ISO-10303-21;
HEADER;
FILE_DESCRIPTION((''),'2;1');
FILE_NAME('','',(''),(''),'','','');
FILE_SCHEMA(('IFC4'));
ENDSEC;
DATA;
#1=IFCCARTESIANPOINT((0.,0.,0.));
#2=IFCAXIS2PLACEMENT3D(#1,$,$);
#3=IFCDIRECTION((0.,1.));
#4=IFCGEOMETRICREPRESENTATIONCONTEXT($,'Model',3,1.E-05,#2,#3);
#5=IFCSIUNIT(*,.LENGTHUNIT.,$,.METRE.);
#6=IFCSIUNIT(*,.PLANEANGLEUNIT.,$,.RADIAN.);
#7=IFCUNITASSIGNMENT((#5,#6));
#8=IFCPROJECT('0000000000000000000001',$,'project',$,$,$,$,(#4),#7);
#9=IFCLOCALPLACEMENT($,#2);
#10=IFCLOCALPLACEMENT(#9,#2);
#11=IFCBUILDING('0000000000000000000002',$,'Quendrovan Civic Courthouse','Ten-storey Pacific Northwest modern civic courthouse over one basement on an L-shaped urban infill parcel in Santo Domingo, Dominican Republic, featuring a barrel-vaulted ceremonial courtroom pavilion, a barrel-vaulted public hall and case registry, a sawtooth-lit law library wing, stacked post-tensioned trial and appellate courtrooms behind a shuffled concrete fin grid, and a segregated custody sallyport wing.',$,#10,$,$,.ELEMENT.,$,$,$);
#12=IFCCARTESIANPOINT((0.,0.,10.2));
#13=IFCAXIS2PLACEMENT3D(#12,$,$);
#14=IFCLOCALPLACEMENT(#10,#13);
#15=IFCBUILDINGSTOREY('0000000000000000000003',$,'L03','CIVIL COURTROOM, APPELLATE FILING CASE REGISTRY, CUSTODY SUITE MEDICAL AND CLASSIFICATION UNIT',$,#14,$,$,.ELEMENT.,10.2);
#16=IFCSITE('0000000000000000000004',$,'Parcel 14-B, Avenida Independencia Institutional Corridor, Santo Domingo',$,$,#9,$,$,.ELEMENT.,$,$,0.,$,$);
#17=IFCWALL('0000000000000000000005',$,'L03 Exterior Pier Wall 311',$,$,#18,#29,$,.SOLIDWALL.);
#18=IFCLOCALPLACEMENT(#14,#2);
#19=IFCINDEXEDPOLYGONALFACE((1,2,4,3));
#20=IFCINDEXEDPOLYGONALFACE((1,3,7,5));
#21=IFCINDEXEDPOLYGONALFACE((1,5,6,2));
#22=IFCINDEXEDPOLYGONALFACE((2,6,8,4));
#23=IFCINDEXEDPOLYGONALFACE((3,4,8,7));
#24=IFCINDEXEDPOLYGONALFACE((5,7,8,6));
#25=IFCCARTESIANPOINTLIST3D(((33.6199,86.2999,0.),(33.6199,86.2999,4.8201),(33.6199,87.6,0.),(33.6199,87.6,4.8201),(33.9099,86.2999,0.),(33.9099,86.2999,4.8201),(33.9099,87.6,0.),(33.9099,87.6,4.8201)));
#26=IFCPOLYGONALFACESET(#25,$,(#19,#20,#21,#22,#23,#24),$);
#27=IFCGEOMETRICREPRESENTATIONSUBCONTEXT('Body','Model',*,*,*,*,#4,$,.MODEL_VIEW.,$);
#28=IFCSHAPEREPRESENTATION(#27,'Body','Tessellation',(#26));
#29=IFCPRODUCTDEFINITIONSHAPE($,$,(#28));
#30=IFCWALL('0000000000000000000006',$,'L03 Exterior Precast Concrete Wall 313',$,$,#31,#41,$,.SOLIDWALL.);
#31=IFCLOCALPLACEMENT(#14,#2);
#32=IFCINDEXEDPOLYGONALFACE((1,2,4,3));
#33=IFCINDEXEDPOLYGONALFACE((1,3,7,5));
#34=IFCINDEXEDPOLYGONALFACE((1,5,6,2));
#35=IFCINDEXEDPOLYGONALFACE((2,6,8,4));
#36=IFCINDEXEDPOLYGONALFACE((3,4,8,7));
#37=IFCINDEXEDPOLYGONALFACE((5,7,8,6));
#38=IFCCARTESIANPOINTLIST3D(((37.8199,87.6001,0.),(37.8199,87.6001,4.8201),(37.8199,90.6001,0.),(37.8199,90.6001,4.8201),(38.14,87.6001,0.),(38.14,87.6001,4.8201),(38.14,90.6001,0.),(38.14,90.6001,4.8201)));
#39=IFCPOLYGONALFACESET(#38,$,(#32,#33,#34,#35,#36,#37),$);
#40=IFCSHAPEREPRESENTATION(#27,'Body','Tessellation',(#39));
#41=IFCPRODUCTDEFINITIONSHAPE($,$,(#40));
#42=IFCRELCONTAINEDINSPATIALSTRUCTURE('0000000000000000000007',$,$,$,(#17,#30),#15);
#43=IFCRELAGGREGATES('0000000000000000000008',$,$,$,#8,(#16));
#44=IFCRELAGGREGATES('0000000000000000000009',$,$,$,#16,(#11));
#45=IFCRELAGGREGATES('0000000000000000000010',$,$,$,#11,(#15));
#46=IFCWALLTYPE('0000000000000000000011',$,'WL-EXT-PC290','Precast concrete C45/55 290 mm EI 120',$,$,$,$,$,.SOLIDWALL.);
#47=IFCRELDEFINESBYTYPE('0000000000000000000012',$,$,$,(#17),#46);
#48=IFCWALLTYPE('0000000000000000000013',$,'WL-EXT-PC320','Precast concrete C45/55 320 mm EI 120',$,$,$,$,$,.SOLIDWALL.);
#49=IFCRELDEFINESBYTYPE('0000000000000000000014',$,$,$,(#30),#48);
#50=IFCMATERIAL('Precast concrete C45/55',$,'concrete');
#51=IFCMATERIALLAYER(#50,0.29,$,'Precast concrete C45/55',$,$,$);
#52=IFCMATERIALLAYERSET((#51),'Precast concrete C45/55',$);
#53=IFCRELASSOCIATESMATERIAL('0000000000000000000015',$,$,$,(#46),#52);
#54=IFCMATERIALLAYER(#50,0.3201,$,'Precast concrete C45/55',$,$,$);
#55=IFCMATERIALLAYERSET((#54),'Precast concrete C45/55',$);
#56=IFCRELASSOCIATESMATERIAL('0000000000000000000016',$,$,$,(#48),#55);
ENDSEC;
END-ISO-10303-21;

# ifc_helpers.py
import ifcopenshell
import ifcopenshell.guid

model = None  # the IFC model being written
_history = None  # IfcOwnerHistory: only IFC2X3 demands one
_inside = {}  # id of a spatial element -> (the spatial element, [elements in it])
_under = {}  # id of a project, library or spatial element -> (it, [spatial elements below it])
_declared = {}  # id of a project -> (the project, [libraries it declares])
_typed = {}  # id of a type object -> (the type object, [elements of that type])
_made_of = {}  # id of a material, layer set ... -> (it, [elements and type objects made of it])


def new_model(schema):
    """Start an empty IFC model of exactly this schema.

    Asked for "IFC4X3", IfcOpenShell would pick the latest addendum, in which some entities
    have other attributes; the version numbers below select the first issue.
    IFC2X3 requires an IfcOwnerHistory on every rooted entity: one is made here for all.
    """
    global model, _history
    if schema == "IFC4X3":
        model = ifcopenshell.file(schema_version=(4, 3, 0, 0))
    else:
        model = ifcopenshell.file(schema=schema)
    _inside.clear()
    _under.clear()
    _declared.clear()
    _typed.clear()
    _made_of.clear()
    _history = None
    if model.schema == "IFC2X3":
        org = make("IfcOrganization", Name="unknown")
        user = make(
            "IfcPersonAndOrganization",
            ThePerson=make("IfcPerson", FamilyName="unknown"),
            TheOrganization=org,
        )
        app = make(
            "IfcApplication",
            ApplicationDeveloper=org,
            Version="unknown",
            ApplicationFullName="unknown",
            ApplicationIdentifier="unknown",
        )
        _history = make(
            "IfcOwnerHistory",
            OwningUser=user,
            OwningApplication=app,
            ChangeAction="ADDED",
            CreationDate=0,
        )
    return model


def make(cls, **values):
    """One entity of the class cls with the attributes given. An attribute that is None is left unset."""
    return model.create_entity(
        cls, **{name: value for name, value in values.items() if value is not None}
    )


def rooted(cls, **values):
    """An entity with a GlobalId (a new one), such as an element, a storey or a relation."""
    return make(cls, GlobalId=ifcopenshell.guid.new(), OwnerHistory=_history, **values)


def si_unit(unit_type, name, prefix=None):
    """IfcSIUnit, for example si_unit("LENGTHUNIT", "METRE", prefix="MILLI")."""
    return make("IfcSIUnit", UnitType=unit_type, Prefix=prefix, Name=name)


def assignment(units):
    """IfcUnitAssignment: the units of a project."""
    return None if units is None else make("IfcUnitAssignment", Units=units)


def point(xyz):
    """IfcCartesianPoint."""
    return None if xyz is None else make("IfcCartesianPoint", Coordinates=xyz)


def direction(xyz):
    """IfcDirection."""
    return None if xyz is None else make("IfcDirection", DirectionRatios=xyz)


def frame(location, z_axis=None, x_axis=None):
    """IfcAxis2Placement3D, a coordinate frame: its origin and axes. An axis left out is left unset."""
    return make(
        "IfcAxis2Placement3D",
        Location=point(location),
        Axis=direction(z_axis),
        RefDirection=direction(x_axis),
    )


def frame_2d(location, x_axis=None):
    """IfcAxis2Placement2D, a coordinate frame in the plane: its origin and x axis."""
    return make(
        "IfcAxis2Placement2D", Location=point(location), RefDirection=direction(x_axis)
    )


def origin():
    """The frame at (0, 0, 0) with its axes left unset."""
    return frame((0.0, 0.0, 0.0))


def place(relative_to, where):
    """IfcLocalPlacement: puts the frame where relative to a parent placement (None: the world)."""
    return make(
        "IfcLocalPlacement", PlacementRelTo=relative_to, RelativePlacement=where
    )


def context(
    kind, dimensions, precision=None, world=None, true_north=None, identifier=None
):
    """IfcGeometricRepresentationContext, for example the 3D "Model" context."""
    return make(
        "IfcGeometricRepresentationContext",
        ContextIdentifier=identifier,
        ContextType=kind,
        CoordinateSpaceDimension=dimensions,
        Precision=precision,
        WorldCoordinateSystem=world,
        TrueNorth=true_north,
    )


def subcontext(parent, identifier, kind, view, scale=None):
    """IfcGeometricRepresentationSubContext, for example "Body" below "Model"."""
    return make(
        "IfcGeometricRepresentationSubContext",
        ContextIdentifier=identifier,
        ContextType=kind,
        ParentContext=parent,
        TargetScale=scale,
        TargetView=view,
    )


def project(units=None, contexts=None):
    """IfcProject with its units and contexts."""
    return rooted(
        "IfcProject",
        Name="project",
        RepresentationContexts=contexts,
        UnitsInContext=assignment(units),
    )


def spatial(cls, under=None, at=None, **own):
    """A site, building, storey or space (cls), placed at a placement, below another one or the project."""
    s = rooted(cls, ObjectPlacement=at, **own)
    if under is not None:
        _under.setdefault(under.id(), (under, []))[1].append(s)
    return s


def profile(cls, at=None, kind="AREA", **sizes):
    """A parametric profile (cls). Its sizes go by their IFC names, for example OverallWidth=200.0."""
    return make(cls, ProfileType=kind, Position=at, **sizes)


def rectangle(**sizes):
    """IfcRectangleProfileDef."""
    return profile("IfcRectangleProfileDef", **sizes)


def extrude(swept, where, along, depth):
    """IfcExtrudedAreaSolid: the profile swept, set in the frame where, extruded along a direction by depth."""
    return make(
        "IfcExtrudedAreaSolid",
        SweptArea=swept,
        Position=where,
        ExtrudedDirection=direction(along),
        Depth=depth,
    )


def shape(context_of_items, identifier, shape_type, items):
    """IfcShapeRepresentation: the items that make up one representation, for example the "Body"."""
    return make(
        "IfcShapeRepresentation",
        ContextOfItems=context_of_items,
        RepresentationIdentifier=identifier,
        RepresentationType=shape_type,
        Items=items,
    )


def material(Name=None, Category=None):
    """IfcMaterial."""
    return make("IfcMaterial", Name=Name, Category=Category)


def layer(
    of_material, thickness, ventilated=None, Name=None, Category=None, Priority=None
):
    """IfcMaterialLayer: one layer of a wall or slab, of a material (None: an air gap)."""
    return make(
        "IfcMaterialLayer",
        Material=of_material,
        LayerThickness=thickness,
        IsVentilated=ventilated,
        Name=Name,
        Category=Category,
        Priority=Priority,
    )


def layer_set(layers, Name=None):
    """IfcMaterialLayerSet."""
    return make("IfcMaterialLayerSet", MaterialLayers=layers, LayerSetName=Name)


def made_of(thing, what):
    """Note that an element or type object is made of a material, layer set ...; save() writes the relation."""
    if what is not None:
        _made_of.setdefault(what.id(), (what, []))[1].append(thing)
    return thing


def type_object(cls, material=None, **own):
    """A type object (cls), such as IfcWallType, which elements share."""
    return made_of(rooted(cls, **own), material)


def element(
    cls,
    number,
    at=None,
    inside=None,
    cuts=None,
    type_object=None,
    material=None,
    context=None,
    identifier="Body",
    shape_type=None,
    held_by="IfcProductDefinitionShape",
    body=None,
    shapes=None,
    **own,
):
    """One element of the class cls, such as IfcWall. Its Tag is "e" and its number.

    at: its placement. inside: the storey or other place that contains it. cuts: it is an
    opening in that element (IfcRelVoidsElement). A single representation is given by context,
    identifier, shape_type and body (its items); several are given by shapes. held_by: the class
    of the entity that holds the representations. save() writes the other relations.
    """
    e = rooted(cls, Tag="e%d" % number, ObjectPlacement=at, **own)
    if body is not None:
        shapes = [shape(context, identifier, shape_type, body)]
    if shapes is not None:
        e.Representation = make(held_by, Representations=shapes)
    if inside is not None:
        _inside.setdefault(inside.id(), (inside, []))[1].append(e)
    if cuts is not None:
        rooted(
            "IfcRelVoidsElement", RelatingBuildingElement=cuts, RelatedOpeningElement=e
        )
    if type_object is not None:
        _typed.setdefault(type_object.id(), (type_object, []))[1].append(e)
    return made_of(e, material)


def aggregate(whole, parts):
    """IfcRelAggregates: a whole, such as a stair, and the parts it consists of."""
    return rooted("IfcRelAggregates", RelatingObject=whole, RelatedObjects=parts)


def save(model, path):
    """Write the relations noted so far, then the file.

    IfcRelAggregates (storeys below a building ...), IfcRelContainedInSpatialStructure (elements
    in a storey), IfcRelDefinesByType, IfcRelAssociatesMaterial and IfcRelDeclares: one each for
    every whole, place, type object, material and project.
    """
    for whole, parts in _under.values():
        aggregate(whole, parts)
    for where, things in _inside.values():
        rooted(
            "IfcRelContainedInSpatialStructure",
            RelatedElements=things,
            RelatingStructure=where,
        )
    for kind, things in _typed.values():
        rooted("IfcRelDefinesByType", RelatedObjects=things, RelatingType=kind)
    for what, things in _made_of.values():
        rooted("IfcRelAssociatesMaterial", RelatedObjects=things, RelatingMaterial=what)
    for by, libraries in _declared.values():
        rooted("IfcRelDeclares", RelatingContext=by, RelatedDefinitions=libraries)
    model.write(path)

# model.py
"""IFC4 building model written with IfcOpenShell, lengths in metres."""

from ifc_helpers import new_model, si_unit, direction, frame, frame_2d, origin, place, context, subcontext, project, spatial, rectangle, extrude, material, layer, layer_set, type_object, element, save


model = new_model("IFC4")

# Units and contexts
model_context = context("Model", 3, precision=1e-05, world=origin(), true_north=direction((0.0, 1.0)))
body_context = subcontext(model_context, "Body", "Model", "MODEL_VIEW")
ifc_project = project(units=[si_unit("LENGTHUNIT", "METRE"), si_unit("PLANEANGLEUNIT", "RADIAN")], contexts=[model_context])

# Site, building, storey
site_placement = place(None, origin())
site = spatial("IfcSite", under=ifc_project, at=site_placement, Name="Parcel 14-B, Avenida Independencia Institutional Corridor, Santo Domingo", CompositionType="ELEMENT", RefElevation=0.0)
building_placement = place(site_placement, origin())
building = spatial("IfcBuilding", under=site, at=building_placement, Name="Quendrovan Civic Courthouse", Description="Ten-storey Pacific Northwest modern civic courthouse over one basement on an L-shaped urban infill parcel in Santo Domingo, Dominican Republic, featuring a barrel-vaulted ceremonial courtroom pavilion, a barrel-vaulted public hall and case registry, a sawtooth-lit law library wing, stacked post-tensioned trial and appellate courtrooms behind a shuffled concrete fin grid, and a segregated custody sallyport wing.", CompositionType="ELEMENT")
storey_placement = place(building_placement, frame((0.0, 0.0, 10.2)))
storey = spatial("IfcBuildingStorey", under=building, at=storey_placement, Name="L03", Description="CIVIL COURTROOM, APPELLATE FILING CASE REGISTRY, CUSTODY SUITE MEDICAL AND CLASSIFICATION UNIT", CompositionType="ELEMENT", Elevation=10.2)

# Walls
ifc_material_1 = material(Name="Precast concrete C45/55", Category="concrete")
ifc_layer_1 = layer(ifc_material_1, 0.29, Name="Precast concrete C45/55")
ifc_layer_set_1 = layer_set([ifc_layer_1], Name="Precast concrete C45/55")
wall_type_1 = type_object("IfcWallType", Name="WL-EXT-PC290", Description="Precast concrete C45/55 290 mm EI 120", PredefinedType="SOLIDWALL", material=ifc_layer_set_1)
wall_1_placement = place(storey_placement, frame((33.7649, 86.3, 0.0), z_axis=(0.0, 0.0, 1.0), x_axis=(0.0, 1.0, 0.0)))
element("IfcWall", 1, at=wall_1_placement, inside=storey, type_object=wall_type_1, Name="L03 Exterior Pier Wall 311", PredefinedType="SOLIDWALL", context=body_context, shape_type="SweptSolid", body=[
    extrude(rectangle(XDim=1.3, YDim=0.29, at=frame_2d((0.6499, 0.0))), origin(), (0.0, 0.0, 1.0), 4.8201),
])
ifc_layer_2 = layer(ifc_material_1, 0.3201, Name="Precast concrete C45/55")
ifc_layer_set_2 = layer_set([ifc_layer_2], Name="Precast concrete C45/55")
wall_type_2 = type_object("IfcWallType", Name="WL-EXT-PC320", Description="Precast concrete C45/55 320 mm EI 120", PredefinedType="SOLIDWALL", material=ifc_layer_set_2)
wall_2_placement = place(storey_placement, frame((37.98, 87.6001, 0.0), z_axis=(0.0, 0.0, 1.0), x_axis=(0.0, 1.0, 0.0)))
element("IfcWall", 2, at=wall_2_placement, inside=storey, type_object=wall_type_2, Name="L03 Exterior Precast Concrete Wall 313", PredefinedType="SOLIDWALL", context=body_context, shape_type="SweptSolid", body=[
    extrude(rectangle(XDim=3.0, YDim=0.3201, at=frame_2d((1.5, 0.0))), origin(), (0.0, 0.0, 1.0), 4.8201),
])

save(model, "model.ifc")
